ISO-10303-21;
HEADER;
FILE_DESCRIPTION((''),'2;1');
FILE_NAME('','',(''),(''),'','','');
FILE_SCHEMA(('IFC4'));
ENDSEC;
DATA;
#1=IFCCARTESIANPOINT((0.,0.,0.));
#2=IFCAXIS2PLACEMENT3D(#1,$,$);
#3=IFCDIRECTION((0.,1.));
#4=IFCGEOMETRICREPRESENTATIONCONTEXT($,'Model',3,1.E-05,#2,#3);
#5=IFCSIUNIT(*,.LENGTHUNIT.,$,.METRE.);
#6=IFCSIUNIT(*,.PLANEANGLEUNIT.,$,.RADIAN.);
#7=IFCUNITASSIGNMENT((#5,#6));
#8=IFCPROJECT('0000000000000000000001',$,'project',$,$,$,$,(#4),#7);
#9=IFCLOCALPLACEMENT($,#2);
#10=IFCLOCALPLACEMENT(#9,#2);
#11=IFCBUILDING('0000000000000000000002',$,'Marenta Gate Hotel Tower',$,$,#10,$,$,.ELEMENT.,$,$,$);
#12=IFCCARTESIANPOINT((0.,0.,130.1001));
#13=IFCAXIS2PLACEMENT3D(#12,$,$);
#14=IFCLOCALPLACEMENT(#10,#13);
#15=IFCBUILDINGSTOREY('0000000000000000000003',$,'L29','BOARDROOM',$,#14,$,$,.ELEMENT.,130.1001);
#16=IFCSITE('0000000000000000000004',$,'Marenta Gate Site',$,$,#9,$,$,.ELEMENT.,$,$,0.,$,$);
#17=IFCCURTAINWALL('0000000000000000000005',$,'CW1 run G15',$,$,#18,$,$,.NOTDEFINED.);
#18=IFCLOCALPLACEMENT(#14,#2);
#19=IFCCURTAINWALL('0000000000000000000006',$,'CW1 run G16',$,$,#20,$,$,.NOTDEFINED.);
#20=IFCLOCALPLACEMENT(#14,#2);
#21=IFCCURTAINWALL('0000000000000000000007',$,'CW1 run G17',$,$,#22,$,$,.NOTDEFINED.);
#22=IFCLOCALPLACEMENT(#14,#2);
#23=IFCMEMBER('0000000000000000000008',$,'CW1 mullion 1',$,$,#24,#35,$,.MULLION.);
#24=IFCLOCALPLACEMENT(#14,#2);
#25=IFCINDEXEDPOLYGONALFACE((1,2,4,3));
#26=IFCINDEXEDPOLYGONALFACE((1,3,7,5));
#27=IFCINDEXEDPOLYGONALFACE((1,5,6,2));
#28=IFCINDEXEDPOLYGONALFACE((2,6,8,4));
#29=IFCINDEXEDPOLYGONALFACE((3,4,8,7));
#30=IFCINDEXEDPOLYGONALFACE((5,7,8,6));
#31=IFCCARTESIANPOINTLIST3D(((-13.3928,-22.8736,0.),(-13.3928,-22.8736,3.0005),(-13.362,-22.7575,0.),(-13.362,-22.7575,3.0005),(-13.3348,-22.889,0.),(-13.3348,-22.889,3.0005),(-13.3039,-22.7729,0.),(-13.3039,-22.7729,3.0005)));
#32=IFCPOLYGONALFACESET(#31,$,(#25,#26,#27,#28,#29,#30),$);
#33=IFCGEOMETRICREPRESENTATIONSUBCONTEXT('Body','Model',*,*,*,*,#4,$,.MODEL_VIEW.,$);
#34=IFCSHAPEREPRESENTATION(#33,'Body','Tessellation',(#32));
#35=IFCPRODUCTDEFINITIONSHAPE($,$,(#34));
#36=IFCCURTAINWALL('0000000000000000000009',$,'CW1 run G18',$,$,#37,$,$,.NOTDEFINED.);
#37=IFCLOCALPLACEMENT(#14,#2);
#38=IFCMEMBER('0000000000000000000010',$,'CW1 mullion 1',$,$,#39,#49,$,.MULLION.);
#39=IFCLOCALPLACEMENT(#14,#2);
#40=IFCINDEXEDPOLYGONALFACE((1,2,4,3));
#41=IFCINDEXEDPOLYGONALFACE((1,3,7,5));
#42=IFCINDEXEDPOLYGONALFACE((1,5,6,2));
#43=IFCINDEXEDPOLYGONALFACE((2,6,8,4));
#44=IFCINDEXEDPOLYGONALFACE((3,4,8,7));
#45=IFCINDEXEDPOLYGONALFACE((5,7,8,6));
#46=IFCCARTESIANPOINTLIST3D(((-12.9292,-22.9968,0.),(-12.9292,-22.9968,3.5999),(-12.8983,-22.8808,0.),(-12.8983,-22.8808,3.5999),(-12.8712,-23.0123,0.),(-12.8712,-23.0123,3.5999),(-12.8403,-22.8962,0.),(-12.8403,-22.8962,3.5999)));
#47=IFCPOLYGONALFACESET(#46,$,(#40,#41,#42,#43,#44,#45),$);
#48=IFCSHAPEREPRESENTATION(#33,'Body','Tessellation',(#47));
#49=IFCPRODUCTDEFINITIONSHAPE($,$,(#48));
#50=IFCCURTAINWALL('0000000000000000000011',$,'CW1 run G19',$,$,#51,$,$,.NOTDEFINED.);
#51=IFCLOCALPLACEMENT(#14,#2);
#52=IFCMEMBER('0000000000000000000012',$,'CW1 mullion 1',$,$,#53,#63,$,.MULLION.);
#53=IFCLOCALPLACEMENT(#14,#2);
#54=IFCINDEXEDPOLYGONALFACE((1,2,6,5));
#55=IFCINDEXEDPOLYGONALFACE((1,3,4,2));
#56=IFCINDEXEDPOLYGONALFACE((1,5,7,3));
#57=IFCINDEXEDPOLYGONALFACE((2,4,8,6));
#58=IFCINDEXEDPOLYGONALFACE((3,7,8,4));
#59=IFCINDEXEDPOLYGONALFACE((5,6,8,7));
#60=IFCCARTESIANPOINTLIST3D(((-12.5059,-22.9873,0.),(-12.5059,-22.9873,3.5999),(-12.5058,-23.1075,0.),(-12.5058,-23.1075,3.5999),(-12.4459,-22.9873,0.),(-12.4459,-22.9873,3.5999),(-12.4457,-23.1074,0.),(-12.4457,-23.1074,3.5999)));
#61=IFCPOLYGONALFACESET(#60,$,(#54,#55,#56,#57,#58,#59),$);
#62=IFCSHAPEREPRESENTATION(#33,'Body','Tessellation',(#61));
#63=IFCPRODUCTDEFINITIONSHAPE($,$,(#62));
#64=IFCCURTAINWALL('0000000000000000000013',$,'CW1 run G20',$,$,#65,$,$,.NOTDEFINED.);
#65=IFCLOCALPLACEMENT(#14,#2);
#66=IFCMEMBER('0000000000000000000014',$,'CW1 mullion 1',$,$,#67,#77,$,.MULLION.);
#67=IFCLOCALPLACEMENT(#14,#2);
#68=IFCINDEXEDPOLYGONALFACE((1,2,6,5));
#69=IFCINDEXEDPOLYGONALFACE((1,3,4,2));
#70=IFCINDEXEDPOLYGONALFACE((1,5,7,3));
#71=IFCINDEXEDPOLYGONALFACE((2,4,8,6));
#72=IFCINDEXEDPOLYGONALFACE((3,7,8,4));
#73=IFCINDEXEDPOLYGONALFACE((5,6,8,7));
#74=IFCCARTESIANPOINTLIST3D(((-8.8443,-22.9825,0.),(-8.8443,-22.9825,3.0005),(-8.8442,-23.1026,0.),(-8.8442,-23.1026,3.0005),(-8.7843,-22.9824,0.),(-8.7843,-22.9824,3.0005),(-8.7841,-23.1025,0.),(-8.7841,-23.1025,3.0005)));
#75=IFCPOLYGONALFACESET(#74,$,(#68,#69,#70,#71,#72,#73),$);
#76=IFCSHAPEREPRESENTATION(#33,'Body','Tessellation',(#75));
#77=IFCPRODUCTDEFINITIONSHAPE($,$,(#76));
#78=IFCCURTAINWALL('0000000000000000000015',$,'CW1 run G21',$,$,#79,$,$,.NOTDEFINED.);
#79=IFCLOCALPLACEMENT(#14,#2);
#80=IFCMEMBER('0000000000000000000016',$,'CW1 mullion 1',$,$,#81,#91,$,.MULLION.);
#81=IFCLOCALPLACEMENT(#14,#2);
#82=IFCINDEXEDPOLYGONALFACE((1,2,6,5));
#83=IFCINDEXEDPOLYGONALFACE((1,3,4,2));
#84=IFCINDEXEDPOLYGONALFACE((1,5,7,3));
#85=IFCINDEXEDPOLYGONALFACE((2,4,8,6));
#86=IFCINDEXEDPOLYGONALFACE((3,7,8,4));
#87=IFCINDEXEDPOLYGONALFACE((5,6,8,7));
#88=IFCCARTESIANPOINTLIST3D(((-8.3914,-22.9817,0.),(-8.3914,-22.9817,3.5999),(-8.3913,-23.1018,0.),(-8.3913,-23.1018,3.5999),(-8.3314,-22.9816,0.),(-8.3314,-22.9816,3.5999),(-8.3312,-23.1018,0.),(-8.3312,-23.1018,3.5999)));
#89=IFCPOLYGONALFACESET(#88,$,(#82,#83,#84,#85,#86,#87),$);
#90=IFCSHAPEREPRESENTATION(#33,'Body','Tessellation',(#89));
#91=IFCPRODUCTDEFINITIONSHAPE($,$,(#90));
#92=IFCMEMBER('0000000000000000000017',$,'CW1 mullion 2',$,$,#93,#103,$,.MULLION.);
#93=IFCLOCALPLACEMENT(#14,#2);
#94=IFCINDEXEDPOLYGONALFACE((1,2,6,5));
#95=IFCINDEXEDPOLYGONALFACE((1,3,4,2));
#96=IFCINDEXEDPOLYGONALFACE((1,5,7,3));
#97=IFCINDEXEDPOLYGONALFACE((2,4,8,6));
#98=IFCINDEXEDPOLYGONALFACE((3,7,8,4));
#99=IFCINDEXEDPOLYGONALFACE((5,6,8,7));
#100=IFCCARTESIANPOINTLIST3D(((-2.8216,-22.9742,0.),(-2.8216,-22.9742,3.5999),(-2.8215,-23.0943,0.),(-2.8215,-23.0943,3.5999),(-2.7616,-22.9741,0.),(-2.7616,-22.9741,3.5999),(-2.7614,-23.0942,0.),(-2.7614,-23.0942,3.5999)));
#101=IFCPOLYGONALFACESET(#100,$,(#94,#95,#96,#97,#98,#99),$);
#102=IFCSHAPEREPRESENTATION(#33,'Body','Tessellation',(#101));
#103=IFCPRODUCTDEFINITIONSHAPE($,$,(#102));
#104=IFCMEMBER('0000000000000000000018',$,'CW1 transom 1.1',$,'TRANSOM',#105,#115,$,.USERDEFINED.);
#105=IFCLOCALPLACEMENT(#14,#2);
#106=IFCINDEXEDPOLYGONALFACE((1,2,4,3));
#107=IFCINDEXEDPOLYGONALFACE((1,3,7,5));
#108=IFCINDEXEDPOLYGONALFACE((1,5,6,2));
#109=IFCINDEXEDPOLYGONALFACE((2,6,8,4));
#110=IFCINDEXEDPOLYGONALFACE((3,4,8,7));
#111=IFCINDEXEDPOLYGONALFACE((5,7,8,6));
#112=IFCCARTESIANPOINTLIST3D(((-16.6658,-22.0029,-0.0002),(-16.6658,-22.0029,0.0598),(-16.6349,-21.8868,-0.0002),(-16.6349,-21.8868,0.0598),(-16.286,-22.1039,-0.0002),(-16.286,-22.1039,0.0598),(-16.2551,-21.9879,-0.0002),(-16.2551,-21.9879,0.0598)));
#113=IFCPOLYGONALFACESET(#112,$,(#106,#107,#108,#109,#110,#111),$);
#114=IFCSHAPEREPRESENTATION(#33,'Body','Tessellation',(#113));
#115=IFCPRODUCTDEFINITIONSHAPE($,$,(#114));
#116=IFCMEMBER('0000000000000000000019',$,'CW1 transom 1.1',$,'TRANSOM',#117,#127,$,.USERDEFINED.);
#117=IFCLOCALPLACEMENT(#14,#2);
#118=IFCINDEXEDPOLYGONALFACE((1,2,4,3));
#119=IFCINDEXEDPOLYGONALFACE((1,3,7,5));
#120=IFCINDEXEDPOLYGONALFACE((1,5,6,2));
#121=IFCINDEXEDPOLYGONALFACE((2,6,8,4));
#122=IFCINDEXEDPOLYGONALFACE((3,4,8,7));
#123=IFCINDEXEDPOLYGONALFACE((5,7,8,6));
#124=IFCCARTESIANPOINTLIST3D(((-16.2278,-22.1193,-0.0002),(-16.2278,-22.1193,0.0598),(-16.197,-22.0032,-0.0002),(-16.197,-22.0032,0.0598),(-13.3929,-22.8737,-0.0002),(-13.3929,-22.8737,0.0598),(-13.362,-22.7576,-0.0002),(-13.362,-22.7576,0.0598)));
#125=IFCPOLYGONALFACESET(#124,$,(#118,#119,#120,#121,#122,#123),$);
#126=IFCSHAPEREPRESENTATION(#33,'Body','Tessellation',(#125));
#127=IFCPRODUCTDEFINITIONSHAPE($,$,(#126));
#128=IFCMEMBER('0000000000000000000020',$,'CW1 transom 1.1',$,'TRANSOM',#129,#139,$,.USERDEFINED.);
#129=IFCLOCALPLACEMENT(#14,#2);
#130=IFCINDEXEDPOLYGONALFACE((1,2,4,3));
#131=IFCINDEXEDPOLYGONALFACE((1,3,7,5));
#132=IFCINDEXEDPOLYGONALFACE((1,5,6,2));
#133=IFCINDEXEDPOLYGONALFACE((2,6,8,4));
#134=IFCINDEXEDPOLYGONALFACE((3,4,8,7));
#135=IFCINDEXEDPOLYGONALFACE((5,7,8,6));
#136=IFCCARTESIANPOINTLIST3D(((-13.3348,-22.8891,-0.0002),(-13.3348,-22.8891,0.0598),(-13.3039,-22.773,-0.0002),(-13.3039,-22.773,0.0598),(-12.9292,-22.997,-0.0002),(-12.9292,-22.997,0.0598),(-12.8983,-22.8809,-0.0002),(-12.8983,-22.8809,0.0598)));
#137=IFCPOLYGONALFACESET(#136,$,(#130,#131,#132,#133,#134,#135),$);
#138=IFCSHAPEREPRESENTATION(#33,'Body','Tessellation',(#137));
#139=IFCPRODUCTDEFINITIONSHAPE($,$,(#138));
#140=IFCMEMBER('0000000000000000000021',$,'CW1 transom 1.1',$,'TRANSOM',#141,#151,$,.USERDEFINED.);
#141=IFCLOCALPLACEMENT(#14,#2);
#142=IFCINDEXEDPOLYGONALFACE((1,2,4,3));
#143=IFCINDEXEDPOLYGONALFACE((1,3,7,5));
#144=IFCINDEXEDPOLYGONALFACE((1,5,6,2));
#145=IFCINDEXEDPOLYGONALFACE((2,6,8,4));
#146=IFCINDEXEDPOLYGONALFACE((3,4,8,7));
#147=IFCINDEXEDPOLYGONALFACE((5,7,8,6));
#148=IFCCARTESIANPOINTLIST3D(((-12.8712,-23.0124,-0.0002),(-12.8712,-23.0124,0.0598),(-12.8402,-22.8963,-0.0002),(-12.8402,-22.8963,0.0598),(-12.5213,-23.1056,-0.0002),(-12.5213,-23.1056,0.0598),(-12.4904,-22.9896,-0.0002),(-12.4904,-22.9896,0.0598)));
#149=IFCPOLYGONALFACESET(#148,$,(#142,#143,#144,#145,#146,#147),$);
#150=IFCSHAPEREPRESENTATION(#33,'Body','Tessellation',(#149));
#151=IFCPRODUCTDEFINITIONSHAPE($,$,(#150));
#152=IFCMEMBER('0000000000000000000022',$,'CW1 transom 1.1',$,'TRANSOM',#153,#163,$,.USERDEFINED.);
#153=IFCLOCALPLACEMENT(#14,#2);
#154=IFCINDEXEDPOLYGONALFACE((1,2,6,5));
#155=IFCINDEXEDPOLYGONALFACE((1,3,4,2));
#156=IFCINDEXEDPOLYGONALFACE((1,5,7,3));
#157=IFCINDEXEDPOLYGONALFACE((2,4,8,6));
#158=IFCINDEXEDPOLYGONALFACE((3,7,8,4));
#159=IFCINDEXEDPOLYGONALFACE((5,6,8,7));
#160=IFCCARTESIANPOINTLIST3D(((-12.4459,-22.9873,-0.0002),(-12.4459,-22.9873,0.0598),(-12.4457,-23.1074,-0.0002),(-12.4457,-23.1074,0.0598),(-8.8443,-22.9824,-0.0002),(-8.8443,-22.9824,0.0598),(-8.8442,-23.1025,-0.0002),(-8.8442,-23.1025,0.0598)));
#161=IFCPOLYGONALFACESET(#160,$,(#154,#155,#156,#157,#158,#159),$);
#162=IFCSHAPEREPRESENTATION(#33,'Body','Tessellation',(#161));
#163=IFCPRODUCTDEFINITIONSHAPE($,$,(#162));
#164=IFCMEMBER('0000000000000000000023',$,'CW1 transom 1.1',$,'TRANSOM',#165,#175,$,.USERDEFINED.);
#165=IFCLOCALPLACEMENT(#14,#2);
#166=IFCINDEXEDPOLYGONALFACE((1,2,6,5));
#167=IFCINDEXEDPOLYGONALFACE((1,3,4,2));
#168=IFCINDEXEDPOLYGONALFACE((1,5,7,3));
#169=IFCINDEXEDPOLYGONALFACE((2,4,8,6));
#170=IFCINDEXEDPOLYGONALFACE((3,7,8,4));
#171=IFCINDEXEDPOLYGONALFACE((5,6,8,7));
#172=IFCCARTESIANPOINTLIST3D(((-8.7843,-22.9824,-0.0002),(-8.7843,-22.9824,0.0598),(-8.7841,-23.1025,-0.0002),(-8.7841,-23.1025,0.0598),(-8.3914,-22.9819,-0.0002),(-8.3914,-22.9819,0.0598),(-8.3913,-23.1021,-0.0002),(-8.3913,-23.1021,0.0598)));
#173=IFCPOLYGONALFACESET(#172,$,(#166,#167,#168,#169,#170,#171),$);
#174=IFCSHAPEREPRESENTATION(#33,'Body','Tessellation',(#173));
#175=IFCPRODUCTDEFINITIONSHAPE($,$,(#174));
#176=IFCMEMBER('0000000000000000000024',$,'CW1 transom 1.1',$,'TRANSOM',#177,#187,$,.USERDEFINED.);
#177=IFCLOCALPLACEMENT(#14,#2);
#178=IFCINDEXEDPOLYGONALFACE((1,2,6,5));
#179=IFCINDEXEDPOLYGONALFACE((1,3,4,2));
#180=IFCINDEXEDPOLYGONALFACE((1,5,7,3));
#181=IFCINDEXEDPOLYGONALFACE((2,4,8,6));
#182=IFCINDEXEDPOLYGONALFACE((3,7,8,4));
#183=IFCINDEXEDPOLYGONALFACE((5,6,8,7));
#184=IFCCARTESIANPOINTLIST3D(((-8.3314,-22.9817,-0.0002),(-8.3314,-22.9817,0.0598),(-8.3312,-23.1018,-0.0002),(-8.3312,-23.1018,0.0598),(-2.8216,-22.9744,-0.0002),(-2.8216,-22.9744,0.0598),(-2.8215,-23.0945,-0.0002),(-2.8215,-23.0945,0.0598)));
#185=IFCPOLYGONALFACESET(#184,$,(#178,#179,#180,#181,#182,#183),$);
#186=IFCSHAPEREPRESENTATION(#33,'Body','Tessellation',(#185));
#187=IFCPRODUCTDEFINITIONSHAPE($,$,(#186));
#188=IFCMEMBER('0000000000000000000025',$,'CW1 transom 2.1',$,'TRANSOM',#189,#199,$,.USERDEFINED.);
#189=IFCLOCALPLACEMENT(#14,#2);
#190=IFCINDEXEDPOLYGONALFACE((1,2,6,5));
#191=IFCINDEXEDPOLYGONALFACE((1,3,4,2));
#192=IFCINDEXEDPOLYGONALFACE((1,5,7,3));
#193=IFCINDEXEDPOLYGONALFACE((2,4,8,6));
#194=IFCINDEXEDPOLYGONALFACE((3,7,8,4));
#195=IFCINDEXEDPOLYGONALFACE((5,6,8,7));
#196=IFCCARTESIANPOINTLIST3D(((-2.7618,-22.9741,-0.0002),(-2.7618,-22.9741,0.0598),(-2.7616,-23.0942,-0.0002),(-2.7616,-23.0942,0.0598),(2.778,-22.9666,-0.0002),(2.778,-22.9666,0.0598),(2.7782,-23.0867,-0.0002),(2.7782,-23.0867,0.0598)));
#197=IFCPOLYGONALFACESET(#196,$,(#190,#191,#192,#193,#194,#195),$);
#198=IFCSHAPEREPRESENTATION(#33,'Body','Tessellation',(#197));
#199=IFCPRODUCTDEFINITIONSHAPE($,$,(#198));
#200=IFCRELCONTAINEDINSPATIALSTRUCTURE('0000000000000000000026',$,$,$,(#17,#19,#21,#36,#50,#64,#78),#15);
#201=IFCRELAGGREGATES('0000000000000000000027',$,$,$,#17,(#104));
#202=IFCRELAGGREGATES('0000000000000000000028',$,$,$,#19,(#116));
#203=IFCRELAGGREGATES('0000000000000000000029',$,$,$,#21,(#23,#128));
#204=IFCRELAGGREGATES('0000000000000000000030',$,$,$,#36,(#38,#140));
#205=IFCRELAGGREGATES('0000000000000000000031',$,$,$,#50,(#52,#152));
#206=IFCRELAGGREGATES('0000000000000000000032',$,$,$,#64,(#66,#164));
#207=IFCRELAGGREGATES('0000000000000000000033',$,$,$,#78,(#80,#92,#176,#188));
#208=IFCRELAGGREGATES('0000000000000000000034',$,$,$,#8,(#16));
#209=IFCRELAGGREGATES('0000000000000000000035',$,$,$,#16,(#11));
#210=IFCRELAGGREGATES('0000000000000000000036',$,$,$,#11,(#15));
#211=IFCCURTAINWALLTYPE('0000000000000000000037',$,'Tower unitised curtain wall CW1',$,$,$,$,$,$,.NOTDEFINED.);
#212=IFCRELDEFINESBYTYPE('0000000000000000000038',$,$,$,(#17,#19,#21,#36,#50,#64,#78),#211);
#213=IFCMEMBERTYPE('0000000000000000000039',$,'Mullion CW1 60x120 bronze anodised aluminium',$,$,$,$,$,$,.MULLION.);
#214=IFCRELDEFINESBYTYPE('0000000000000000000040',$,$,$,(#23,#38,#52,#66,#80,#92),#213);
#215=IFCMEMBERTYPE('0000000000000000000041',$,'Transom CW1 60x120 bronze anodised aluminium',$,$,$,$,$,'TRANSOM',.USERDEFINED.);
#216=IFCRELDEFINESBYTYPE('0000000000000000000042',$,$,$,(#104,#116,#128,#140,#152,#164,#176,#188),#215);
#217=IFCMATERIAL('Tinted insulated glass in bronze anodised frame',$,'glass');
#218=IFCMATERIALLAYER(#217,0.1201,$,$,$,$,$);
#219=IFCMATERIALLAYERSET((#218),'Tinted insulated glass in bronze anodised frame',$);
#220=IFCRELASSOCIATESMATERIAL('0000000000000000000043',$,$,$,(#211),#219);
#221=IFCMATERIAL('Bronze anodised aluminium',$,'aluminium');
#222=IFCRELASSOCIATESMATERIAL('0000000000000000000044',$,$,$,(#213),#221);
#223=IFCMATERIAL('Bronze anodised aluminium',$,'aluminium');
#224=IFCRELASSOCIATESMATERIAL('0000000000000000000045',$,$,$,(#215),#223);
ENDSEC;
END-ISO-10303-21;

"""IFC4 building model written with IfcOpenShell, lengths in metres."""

from ifc_helpers import new_model, si_unit, direction, frame, origin, origin_2d, place, context, subcontext, project, spatial, rectangle, extrude, material, layer, layer_set, material_profile, profile_set, type_object, element, aggregate, save


model = new_model("IFC4")

# Units and contexts
model_context = context("Model", 3, precision=1e-05, world=origin(), true_north=direction((0.0, 1.0)))
body_context = subcontext(model_context, "Body", "Model", "MODEL_VIEW")
ifc_project = project(units=[si_unit("LENGTHUNIT", "METRE"), si_unit("PLANEANGLEUNIT", "RADIAN")], contexts=[model_context])

# Site, building, storey
site_placement = place(None, origin())
site = spatial("IfcSite", under=ifc_project, at=site_placement, Name="Marenta Gate Site", CompositionType="ELEMENT", RefElevation=0.0)
building_placement = place(site_placement, origin())
building = spatial("IfcBuilding", under=site, at=building_placement, Name="Marenta Gate Hotel Tower", CompositionType="ELEMENT")
storey_placement = place(building_placement, frame((0.0, 0.0, 130.1001)))
storey = spatial("IfcBuildingStorey", under=building, at=storey_placement, Name="L29", Description="BOARDROOM", CompositionType="ELEMENT", Elevation=130.1001)

# Curtain walls, members
ifc_material_1 = material(Name="Tinted insulated glass in bronze anodised frame", Category="glass")
ifc_layer_1 = layer(ifc_material_1, 0.1201)
ifc_layer_set_1 = layer_set([ifc_layer_1], Name="Tinted insulated glass in bronze anodised frame")
curtain_wall_type = type_object("IfcCurtainWallType", Name="Tower unitised curtain wall CW1", PredefinedType="NOTDEFINED", material=ifc_layer_set_1)
curtain_wall_1_placement = place(storey_placement, origin())
curtain_wall_1 = element("IfcCurtainWall", 1, at=curtain_wall_1_placement, inside=storey, type_object=curtain_wall_type, Name="CW1 run G15", PredefinedType="NOTDEFINED")
ifc_material_2 = material(Name="Bronze anodised aluminium", Category="aluminium")
ifc_material_profile_1 = material_profile(ifc_material_2, rectangle(XDim=0.1201, YDim=0.0601, at=origin_2d()), Name="Mullion CW1 60x120 bronze anodised aluminium")
ifc_profile_set_1 = profile_set([ifc_material_profile_1], Name="Bronze anodised aluminium")
member_type_1 = type_object("IfcMemberType", Name="Mullion CW1 60x120 bronze anodised aluminium", PredefinedType="MULLION", material=ifc_profile_set_1)
curtain_wall_2_placement = place(storey_placement, origin())
curtain_wall_2 = element("IfcCurtainWall", 2, at=curtain_wall_2_placement, inside=storey, type_object=curtain_wall_type, Name="CW1 run G16", PredefinedType="NOTDEFINED")
curtain_wall_3_placement = place(storey_placement, origin())
curtain_wall_3 = element("IfcCurtainWall", 3, at=curtain_wall_3_placement, inside=storey, type_object=curtain_wall_type, Name="CW1 run G17", PredefinedType="NOTDEFINED")
member_1_placement = place(storey_placement, frame((-13.3484, -22.8232, 0.0), z_axis=(0.0, 0.0, 1.0), x_axis=(0.257027, 0.966404, 0.0)))
member_1 = element("IfcMember", 4, at=member_1_placement, type_object=member_type_1, Name="CW1 mullion 1", PredefinedType="MULLION", context=body_context, shape_type="SweptSolid", body=[
    extrude(rectangle(XDim=0.1201, YDim=0.0601, at=origin_2d()), origin(), (0.0, 0.0, 1.0), 3.0005),
])
curtain_wall_4_placement = place(storey_placement, origin())
curtain_wall_4 = element("IfcCurtainWall", 5, at=curtain_wall_4_placement, inside=storey, type_object=curtain_wall_type, Name="CW1 run G18", PredefinedType="NOTDEFINED")
member_2_placement = place(storey_placement, frame((-12.8848, -22.9465, 0.0), z_axis=(0.0, 0.0, 1.0), x_axis=(0.257279, 0.966337, 0.0)))
member_2 = element("IfcMember", 6, at=member_2_placement, type_object=member_type_1, Name="CW1 mullion 1", PredefinedType="MULLION", context=body_context, shape_type="SweptSolid", body=[
    extrude(rectangle(XDim=0.1201, YDim=0.0601, at=origin_2d()), origin(), (0.0, 0.0, 1.0), 3.5999),
])
curtain_wall_5_placement = place(storey_placement, origin())
curtain_wall_5 = element("IfcCurtainWall", 7, at=curtain_wall_5_placement, inside=storey, type_object=curtain_wall_type, Name="CW1 run G19", PredefinedType="NOTDEFINED")
member_3_placement = place(storey_placement, frame((-12.4758, -23.0474, 0.0), z_axis=(0.0, 0.0, 1.0), x_axis=(-0.001366, 0.999999, 0.0)))
member_3 = element("IfcMember", 8, at=member_3_placement, type_object=member_type_1, Name="CW1 mullion 1", PredefinedType="MULLION", context=body_context, shape_type="SweptSolid", body=[
    extrude(rectangle(XDim=0.1201, YDim=0.0601, at=origin_2d()), origin(), (0.0, 0.0, 1.0), 3.5999),
])
curtain_wall_6_placement = place(storey_placement, origin())
curtain_wall_6 = element("IfcCurtainWall", 9, at=curtain_wall_6_placement, inside=storey, type_object=curtain_wall_type, Name="CW1 run G20", PredefinedType="NOTDEFINED")
member_4_placement = place(storey_placement, frame((-8.8142, -23.0425, 0.0), z_axis=(0.0, 0.0, 1.0), x_axis=(-0.001325, 0.999999, 0.0)))
member_4 = element("IfcMember", 10, at=member_4_placement, type_object=member_type_1, Name="CW1 mullion 1", PredefinedType="MULLION", context=body_context, shape_type="SweptSolid", body=[
    extrude(rectangle(XDim=0.1201, YDim=0.0601, at=origin_2d()), origin(), (0.0, 0.0, 1.0), 3.0005),
])

# Curtain wall, members
curtain_wall_7_placement = place(storey_placement, origin())
curtain_wall_7 = element("IfcCurtainWall", 11, at=curtain_wall_7_placement, inside=storey, type_object=curtain_wall_type, Name="CW1 run G21", PredefinedType="NOTDEFINED")
member_5_placement = place(storey_placement, frame((-8.3613, -23.0417, 0.0), z_axis=(0.0, 0.0, 1.0), x_axis=(-0.001363, 0.999999, 0.0)))
member_5 = element("IfcMember", 12, at=member_5_placement, type_object=member_type_1, Name="CW1 mullion 1", PredefinedType="MULLION", context=body_context, shape_type="SweptSolid", body=[
    extrude(rectangle(XDim=0.1201, YDim=0.0601, at=origin_2d()), origin(), (0.0, 0.0, 1.0), 3.5999),
])
member_6_placement = place(storey_placement, frame((-2.7915, -23.0342, 0.0), z_axis=(0.0, 0.0, 1.0), x_axis=(-0.001363, 0.999999, 0.0)))
member_6 = element("IfcMember", 13, at=member_6_placement, type_object=member_type_1, Name="CW1 mullion 2", PredefinedType="MULLION", context=body_context, shape_type="SweptSolid", body=[
    extrude(rectangle(XDim=0.1201, YDim=0.0601, at=origin_2d()), origin(), (0.0, 0.0, 1.0), 3.5999),
])

# Members
ifc_material_3 = material(Name="Bronze anodised aluminium", Category="aluminium")
ifc_material_profile_2 = material_profile(ifc_material_3, rectangle(XDim=0.1201, YDim=0.0601, at=origin_2d()), Name="Transom CW1 60x120 bronze anodised aluminium")
ifc_profile_set_2 = profile_set([ifc_material_profile_2], Name="Bronze anodised aluminium")
member_type_2 = type_object("IfcMemberType", Name="Transom CW1 60x120 bronze anodised aluminium", ElementType="TRANSOM", PredefinedType="USERDEFINED", material=ifc_profile_set_2)
member_7_placement = place(storey_placement, frame((-16.6504, -21.9448, 0.0298), z_axis=(0.966379, -0.257121, 0.0), x_axis=(0.257121, 0.966379, 0.0)))
member_7 = element("IfcMember", 14, at=member_7_placement, type_object=member_type_2, Name="CW1 transom 1.1", ObjectType="TRANSOM", PredefinedType="USERDEFINED", context=body_context, shape_type="SweptSolid", body=[
    extrude(rectangle(XDim=0.1201, YDim=0.0601, at=origin_2d()), origin(), (0.0, 0.0, 1.0), 0.3931),
])
member_8_placement = place(storey_placement, frame((-16.2124, -22.0613, 0.0298), z_axis=(0.96637, -0.257155, 0.0), x_axis=(0.257155, 0.96637, 0.0)))
member_8 = element("IfcMember", 15, at=member_8_placement, type_object=member_type_2, Name="CW1 transom 1.1", ObjectType="TRANSOM", PredefinedType="USERDEFINED", context=body_context, shape_type="SweptSolid", body=[
    extrude(rectangle(XDim=0.1201, YDim=0.0601, at=origin_2d()), origin(), (0.0, 0.0, 1.0), 2.9336),
])
member_9_placement = place(storey_placement, frame((-13.3193, -22.8311, 0.0298), z_axis=(0.96637, -0.257156, 0.0), x_axis=(0.257156, 0.96637, 0.0)))
member_9 = element("IfcMember", 16, at=member_9_placement, type_object=member_type_2, Name="CW1 transom 1.1", ObjectType="TRANSOM", PredefinedType="USERDEFINED", context=body_context, shape_type="SweptSolid", body=[
    extrude(rectangle(XDim=0.1201, YDim=0.0601, at=origin_2d()), origin(), (0.0, 0.0, 1.0), 0.4197),
])
member_10_placement = place(storey_placement, frame((-12.8557, -22.9543, 0.0298), z_axis=(0.966257, -0.257579, 0.0), x_axis=(0.257579, 0.966257, 0.0)))
member_10 = element("IfcMember", 17, at=member_10_placement, type_object=member_type_2, Name="CW1 transom 1.1", ObjectType="TRANSOM", PredefinedType="USERDEFINED", context=body_context, shape_type="SweptSolid", body=[
    extrude(rectangle(XDim=0.1201, YDim=0.0601, at=origin_2d()), origin(), (0.0, 0.0, 1.0), 0.3621),
])
member_11_placement = place(storey_placement, frame((-12.4458, -23.0474, 0.0298), z_axis=(0.999999, 0.001356, 0.0), x_axis=(-0.001356, 0.999999, 0.0)))
member_11 = element("IfcMember", 18, at=member_11_placement, type_object=member_type_2, Name="CW1 transom 1.1", ObjectType="TRANSOM", PredefinedType="USERDEFINED", context=body_context, shape_type="SweptSolid", body=[
    extrude(rectangle(XDim=0.1201, YDim=0.0601, at=origin_2d()), origin(), (0.0, 0.0, 1.0), 3.6016),
])
member_12_placement = place(storey_placement, frame((-8.7842, -23.0425, 0.0298), z_axis=(0.999999, 0.001243, 0.0), x_axis=(-0.001243, 0.999999, 0.0)))
member_12 = element("IfcMember", 19, at=member_12_placement, type_object=member_type_2, Name="CW1 transom 1.1", ObjectType="TRANSOM", PredefinedType="USERDEFINED", context=body_context, shape_type="SweptSolid", body=[
    extrude(rectangle(XDim=0.1201, YDim=0.0601, at=origin_2d()), origin(), (0.0, 0.0, 1.0), 0.3928),
])
member_13_placement = place(storey_placement, frame((-8.3313, -23.0417, 0.0298), z_axis=(0.999999, 0.001329, 0.0), x_axis=(-0.001329, 0.999999, 0.0)))
member_13 = element("IfcMember", 20, at=member_13_placement, type_object=member_type_2, Name="CW1 transom 1.1", ObjectType="TRANSOM", PredefinedType="USERDEFINED", context=body_context, shape_type="SweptSolid", body=[
    extrude(rectangle(XDim=0.1201, YDim=0.0601, at=origin_2d()), origin(), (0.0, 0.0, 1.0), 5.5098),
])
member_14_placement = place(storey_placement, frame((-2.7617, -23.0342, 0.0298), z_axis=(0.999999, 0.001366, 0.0), x_axis=(-0.001366, 0.999999, 0.0)))
member_14 = element("IfcMember", 21, at=member_14_placement, type_object=member_type_2, Name="CW1 transom 2.1", ObjectType="TRANSOM", PredefinedType="USERDEFINED", context=body_context, shape_type="SweptSolid", body=[
    extrude(rectangle(XDim=0.1201, YDim=0.0601, at=origin_2d()), origin(), (0.0, 0.0, 1.0), 5.5398),
])

aggregate(curtain_wall_1, [member_7])
aggregate(curtain_wall_2, [member_8])
aggregate(curtain_wall_3, [member_1, member_9])
aggregate(curtain_wall_4, [member_2, member_10])
aggregate(curtain_wall_5, [member_3, member_11])
aggregate(curtain_wall_6, [member_4, member_12])
aggregate(curtain_wall_7, [member_5, member_6, member_13, member_14])

save(model, "model.ifc")
